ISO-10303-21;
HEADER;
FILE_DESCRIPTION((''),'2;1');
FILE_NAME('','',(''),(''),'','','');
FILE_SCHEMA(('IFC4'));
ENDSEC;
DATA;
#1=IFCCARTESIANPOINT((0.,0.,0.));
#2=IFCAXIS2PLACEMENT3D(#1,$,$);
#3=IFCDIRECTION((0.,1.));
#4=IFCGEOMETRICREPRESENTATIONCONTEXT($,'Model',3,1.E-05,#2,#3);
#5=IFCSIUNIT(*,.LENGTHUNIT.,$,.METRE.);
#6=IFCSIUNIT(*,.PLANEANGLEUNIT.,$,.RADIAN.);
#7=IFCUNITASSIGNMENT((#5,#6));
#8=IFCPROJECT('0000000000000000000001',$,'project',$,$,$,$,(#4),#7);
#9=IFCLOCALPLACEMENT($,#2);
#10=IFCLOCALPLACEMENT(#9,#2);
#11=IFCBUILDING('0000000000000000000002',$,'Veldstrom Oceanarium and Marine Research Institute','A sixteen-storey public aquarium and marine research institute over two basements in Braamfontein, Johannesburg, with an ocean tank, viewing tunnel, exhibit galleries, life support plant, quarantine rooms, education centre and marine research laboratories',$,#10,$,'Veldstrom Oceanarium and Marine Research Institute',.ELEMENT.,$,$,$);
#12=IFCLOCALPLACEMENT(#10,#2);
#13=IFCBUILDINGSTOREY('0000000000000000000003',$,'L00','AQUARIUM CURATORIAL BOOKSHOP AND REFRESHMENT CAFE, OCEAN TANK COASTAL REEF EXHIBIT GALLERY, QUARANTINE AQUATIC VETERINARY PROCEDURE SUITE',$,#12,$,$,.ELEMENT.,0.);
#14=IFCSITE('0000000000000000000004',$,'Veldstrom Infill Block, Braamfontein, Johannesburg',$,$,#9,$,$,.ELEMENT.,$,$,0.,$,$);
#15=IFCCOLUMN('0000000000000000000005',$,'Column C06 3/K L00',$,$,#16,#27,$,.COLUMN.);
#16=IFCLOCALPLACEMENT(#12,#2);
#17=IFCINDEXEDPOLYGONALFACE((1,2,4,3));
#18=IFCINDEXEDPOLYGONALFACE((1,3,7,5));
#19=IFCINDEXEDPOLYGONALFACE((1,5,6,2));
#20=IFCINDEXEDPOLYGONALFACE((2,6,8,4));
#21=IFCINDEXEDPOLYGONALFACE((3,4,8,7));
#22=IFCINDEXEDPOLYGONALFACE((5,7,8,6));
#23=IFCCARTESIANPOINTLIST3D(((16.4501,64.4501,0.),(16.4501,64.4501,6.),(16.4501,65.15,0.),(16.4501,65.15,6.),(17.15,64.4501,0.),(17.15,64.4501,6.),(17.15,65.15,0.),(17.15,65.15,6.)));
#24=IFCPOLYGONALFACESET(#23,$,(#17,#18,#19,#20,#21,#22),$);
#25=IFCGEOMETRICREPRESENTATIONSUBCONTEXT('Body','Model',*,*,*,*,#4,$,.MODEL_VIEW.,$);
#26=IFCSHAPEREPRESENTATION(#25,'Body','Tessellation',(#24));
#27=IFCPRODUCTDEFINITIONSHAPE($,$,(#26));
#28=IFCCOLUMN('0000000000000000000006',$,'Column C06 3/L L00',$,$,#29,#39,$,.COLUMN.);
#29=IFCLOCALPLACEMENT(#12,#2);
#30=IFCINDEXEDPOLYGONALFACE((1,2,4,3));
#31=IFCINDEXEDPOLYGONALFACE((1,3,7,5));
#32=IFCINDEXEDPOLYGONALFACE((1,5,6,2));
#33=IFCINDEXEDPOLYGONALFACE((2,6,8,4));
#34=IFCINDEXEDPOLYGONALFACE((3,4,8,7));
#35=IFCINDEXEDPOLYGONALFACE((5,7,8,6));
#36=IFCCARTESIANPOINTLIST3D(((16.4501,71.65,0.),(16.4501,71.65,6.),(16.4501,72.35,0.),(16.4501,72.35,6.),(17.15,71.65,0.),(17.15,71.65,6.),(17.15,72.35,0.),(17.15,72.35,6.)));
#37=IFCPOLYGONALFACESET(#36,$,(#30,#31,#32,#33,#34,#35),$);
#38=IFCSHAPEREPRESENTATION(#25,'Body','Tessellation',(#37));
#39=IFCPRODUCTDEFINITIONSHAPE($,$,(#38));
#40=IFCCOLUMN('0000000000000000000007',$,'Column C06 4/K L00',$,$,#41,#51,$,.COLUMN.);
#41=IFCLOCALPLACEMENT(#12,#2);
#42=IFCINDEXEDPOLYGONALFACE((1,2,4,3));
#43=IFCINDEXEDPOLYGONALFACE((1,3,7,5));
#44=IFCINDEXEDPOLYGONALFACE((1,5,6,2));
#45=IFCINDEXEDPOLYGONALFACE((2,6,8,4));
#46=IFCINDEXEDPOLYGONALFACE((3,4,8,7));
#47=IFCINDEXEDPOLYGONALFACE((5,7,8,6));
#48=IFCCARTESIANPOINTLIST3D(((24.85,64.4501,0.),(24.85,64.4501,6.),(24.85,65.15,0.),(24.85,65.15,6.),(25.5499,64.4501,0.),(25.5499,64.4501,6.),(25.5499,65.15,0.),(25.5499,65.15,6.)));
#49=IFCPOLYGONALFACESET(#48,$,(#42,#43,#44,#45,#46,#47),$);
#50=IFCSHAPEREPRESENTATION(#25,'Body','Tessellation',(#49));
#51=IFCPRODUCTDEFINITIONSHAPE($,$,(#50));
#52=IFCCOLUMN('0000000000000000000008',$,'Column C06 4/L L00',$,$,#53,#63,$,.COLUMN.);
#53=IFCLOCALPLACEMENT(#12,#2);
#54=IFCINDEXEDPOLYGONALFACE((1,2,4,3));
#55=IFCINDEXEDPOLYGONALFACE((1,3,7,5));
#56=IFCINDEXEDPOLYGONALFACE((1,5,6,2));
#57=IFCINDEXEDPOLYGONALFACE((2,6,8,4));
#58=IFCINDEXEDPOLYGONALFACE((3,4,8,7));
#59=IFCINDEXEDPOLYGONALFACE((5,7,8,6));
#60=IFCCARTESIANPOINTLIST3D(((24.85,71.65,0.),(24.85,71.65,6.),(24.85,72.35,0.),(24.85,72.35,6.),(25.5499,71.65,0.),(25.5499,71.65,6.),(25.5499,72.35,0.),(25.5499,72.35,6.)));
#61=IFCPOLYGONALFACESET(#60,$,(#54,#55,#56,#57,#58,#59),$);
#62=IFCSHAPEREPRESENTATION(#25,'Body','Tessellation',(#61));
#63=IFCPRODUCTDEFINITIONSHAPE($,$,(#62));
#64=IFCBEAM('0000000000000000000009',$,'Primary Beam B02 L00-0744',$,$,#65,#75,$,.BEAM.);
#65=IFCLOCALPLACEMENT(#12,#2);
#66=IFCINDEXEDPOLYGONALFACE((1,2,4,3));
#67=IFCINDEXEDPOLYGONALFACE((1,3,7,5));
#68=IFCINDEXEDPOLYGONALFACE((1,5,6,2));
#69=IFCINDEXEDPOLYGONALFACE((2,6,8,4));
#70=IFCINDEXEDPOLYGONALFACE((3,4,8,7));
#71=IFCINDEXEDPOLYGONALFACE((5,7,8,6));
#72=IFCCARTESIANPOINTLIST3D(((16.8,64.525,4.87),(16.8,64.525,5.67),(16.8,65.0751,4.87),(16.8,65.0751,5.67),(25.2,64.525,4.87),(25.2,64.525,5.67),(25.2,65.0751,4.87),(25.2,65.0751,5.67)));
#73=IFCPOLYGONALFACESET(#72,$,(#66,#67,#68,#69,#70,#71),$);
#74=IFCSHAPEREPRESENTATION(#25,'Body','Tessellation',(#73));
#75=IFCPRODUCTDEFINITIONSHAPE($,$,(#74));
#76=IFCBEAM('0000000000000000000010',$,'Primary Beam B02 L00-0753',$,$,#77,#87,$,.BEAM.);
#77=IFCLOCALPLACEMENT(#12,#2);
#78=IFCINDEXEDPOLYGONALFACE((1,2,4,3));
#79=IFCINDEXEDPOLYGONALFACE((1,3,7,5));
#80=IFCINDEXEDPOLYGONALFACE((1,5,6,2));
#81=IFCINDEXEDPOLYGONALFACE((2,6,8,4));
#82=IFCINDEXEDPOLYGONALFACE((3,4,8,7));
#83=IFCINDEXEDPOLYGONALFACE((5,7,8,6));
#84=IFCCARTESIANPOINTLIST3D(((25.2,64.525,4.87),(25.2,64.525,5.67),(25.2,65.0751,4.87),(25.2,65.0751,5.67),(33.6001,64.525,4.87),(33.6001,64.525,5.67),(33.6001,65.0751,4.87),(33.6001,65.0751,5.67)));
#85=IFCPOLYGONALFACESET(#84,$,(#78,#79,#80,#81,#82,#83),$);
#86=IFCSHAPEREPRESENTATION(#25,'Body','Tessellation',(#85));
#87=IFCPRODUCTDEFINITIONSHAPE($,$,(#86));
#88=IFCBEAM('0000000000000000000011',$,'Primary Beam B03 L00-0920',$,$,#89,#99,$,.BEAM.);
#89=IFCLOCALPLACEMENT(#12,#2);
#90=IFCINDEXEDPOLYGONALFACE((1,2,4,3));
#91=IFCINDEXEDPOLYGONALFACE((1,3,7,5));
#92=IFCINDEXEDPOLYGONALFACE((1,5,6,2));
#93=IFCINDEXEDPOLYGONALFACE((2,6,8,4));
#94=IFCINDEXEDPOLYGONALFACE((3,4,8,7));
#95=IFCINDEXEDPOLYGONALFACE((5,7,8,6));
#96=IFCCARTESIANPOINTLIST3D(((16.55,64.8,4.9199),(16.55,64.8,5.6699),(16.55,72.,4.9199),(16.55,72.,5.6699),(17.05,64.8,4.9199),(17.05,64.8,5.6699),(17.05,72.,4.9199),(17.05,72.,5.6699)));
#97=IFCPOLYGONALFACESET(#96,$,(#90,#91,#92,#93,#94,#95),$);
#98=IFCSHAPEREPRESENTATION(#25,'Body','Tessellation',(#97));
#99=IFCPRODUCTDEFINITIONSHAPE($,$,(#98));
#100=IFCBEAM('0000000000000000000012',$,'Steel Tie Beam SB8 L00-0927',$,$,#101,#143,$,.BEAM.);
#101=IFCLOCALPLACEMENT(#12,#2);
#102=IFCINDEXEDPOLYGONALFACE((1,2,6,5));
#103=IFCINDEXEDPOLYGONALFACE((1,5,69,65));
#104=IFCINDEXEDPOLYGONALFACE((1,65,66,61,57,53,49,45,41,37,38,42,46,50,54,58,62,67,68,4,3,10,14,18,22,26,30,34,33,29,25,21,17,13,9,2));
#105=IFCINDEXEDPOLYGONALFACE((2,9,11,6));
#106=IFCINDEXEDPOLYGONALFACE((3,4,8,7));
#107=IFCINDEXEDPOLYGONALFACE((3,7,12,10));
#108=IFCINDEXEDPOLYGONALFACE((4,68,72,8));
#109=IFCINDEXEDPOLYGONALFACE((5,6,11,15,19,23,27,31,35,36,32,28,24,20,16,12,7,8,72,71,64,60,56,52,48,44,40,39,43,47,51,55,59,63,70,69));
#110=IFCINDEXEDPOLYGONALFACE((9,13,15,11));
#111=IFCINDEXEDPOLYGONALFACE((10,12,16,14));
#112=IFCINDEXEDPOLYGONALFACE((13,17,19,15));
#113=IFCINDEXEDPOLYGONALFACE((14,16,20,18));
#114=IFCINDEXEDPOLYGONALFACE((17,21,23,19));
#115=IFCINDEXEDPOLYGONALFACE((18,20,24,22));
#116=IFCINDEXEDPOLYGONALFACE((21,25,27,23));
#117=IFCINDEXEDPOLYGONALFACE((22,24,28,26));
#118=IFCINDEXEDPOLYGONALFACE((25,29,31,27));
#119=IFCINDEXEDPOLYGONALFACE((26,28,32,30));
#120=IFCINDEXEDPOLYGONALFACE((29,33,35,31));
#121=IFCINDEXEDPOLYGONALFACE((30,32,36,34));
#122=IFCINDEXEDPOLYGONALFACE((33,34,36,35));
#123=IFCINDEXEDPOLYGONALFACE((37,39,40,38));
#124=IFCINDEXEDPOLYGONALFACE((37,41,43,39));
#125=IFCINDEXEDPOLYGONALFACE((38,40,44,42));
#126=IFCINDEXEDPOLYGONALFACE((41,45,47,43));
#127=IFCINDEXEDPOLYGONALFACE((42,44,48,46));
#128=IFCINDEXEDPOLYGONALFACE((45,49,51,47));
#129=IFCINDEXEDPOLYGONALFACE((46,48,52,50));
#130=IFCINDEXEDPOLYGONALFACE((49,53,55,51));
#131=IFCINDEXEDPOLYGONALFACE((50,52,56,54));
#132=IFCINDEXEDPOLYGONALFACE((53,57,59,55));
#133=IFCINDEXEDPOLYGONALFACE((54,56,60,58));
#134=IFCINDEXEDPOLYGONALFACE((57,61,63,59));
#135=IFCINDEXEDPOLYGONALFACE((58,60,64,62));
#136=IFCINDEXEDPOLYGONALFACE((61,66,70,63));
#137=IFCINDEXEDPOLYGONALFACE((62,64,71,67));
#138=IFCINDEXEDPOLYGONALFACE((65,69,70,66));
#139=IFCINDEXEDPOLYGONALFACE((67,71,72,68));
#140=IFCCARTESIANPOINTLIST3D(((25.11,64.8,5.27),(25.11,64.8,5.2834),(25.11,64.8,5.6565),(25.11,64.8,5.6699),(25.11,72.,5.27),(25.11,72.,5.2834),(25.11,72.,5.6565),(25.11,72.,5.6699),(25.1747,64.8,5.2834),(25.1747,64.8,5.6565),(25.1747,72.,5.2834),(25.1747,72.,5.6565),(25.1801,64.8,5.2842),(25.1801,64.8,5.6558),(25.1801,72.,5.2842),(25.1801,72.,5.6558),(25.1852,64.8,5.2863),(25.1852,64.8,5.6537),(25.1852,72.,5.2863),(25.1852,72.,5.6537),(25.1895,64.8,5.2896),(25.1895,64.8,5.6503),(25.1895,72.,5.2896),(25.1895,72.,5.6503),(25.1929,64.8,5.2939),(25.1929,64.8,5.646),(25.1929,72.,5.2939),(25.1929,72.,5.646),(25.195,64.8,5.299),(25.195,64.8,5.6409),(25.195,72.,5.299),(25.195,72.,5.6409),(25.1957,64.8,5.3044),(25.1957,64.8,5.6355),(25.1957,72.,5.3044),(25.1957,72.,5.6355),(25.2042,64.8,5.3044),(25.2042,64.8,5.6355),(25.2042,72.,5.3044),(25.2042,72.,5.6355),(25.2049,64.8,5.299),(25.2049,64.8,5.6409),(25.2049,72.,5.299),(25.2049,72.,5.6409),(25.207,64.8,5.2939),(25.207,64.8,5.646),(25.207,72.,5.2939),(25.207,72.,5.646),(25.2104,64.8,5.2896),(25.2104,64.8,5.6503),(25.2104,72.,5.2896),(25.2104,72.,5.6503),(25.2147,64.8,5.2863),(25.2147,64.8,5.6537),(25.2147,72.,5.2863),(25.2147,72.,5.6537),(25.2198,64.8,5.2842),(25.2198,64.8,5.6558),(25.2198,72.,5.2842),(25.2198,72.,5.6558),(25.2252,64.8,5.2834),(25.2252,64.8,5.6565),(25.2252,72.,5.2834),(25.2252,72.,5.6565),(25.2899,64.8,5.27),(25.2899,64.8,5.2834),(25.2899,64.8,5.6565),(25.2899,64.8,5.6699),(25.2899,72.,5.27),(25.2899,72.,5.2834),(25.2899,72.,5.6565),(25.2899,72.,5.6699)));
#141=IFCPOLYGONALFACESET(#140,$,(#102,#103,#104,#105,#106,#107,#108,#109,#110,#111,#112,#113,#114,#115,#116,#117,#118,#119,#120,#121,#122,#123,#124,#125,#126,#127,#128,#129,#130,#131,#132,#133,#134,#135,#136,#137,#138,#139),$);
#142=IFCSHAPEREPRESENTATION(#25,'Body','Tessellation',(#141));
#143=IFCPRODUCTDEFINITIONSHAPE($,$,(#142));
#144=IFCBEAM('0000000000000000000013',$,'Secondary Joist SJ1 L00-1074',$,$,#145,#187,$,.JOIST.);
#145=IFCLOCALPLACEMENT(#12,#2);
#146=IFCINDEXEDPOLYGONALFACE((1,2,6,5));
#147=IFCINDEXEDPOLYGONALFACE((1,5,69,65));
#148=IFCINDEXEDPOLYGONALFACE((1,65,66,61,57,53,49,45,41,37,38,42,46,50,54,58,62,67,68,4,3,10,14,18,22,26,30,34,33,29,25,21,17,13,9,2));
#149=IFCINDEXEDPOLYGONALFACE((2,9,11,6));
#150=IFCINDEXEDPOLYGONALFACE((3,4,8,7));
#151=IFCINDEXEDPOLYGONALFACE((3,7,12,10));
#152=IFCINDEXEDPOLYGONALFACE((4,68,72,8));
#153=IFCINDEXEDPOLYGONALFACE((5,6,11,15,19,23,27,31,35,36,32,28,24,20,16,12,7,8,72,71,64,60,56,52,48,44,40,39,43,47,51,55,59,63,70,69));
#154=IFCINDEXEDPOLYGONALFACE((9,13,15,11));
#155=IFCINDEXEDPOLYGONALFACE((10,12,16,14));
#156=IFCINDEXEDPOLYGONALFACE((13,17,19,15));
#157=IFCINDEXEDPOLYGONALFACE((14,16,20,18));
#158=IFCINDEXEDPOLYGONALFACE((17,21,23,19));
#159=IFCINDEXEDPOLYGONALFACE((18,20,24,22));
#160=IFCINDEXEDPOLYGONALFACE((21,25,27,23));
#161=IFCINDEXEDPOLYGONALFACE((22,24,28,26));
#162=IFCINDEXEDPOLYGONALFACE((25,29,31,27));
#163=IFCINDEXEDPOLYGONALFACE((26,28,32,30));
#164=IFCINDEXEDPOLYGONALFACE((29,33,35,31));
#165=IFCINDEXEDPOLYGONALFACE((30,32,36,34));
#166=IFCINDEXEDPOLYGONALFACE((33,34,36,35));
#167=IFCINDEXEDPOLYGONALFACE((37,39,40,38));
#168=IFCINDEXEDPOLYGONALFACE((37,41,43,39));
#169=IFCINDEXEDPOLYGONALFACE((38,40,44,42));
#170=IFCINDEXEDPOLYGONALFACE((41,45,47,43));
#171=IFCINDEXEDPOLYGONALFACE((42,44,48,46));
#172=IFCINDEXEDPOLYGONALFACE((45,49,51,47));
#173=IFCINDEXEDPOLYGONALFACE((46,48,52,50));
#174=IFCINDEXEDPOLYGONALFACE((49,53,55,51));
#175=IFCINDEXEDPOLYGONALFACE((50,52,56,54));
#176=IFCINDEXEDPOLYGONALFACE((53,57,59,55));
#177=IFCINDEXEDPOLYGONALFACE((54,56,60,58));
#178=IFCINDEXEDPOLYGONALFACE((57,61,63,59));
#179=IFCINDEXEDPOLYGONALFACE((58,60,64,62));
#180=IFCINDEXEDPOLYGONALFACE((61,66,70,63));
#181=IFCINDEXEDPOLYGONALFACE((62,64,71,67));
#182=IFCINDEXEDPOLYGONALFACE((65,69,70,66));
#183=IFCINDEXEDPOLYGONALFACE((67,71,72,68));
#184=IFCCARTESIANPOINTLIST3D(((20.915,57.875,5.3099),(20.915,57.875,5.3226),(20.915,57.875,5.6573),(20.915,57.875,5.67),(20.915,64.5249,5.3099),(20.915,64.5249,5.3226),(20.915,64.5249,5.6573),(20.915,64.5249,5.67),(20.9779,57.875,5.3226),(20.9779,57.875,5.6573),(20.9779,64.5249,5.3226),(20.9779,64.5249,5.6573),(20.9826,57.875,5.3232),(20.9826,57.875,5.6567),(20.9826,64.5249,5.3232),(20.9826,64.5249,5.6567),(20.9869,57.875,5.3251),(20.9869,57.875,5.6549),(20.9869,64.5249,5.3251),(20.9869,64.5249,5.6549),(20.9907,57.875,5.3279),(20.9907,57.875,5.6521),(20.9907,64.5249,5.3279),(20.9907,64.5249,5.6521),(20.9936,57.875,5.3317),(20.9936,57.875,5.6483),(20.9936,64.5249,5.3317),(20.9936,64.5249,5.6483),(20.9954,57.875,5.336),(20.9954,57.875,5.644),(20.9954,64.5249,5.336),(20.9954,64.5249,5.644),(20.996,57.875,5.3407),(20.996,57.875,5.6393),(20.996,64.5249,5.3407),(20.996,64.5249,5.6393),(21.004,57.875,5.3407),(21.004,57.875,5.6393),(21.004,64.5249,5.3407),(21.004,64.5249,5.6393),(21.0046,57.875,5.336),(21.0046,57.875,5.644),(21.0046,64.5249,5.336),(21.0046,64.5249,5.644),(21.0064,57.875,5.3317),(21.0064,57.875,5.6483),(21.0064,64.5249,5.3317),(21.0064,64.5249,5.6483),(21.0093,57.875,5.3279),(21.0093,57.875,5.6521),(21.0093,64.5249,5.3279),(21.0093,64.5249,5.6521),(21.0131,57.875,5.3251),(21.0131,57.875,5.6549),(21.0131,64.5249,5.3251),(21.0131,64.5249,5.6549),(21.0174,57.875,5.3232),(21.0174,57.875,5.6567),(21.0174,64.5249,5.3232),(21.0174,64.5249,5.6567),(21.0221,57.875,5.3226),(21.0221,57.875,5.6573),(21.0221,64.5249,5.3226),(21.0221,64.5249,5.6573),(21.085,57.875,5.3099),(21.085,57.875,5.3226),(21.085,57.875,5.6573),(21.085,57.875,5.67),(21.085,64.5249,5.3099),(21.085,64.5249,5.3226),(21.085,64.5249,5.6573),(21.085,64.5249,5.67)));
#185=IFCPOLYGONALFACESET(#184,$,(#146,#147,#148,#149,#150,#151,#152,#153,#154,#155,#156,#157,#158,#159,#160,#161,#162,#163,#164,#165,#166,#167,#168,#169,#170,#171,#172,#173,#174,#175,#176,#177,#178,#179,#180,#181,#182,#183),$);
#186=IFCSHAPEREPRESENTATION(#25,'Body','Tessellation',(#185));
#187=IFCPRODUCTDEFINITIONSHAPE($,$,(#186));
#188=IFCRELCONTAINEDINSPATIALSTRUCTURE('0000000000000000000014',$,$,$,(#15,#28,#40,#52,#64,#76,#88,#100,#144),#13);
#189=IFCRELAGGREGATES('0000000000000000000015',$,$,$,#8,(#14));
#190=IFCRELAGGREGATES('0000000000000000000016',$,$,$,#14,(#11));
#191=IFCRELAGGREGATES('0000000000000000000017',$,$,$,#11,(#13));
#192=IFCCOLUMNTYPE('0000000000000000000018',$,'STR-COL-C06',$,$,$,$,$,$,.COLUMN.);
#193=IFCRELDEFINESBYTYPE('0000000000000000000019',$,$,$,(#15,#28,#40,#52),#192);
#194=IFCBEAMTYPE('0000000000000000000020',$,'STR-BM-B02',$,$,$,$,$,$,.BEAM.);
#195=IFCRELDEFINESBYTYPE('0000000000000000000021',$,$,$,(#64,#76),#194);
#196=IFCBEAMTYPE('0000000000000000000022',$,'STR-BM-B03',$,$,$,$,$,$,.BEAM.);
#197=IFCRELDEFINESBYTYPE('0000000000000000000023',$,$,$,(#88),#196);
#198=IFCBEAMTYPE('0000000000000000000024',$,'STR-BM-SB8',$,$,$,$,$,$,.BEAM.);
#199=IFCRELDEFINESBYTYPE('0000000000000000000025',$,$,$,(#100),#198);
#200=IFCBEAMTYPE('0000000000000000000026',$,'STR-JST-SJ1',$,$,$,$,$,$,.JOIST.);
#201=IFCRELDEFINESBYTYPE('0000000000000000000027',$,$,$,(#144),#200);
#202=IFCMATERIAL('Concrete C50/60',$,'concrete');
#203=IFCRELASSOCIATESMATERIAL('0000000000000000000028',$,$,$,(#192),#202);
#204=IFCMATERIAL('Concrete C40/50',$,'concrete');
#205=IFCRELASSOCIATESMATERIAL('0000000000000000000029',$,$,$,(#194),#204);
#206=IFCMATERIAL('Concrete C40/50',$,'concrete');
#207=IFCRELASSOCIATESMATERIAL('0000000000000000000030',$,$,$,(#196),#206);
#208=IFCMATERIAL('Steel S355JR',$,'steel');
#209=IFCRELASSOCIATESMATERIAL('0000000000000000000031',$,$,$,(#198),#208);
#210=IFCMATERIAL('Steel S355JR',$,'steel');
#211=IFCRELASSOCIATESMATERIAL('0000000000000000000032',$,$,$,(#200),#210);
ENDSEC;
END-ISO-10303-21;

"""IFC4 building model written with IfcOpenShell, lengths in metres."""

from ifc_helpers import new_model, si_unit, direction, frame, origin, origin_2d, place, context, subcontext, project, spatial, rectangle, i_section, extrude, material, material_profile, profile_set, type_object, element, save


model = new_model("IFC4")

# Units and contexts
model_context = context("Model", 3, precision=1e-05, world=origin(), true_north=direction((0.0, 1.0)))
body_context = subcontext(model_context, "Body", "Model", "MODEL_VIEW")
ifc_project = project(units=[si_unit("LENGTHUNIT", "METRE"), si_unit("PLANEANGLEUNIT", "RADIAN")], contexts=[model_context])

# Site, building, storey
site_placement = place(None, origin())
site = spatial("IfcSite", under=ifc_project, at=site_placement, Name="Veldstrom Infill Block, Braamfontein, Johannesburg", CompositionType="ELEMENT", RefElevation=0.0)
building_placement = place(site_placement, origin())
building = spatial("IfcBuilding", under=site, at=building_placement, Name="Veldstrom Oceanarium and Marine Research Institute", Description="A sixteen-storey public aquarium and marine research institute over two basements in Braamfontein, Johannesburg, with an ocean tank, viewing tunnel, exhibit galleries, life support plant, quarantine rooms, education centre and marine research laboratories", LongName="Veldstrom Oceanarium and Marine Research Institute", CompositionType="ELEMENT")
storey_placement = place(building_placement, origin())
storey = spatial("IfcBuildingStorey", under=building, at=storey_placement, Name="L00", Description="AQUARIUM CURATORIAL BOOKSHOP AND REFRESHMENT CAFE, OCEAN TANK COASTAL REEF EXHIBIT GALLERY, QUARANTINE AQUATIC VETERINARY PROCEDURE SUITE", CompositionType="ELEMENT", Elevation=0.0)

# Columns
ifc_material_1 = material(Name="Concrete C50/60", Category="concrete")
ifc_material_profile_1 = material_profile(ifc_material_1, rectangle(XDim=0.7, YDim=0.7, at=origin_2d()), Name="RC-COL-700x700")
ifc_profile_set_1 = profile_set([ifc_material_profile_1], Name="Concrete C50/60")
column_type = type_object("IfcColumnType", Name="STR-COL-C06", PredefinedType="COLUMN", material=ifc_profile_set_1)
for number, where, z_axis, x_axis, name in (
    (1, (16.8, 64.8, 0.0), (0.0, 0.0, 1.0), (1.0, 0.0, 0.0), "Column C06 3/K L00"),
    (2, (16.8, 72.0, 0.0), (0.0, 0.0, 1.0), (1.0, 0.0, 0.0), "Column C06 3/L L00"),
    (3, (25.2, 64.8, 0.0), (0.0, 0.0, 1.0), (1.0, 0.0, 0.0), "Column C06 4/K L00"),
    (4, (25.2, 72.0, 0.0), (0.0, 0.0, 1.0), (1.0, 0.0, 0.0), "Column C06 4/L L00"),
):
    element("IfcColumn", number, at=place(storey_placement, frame(where, z_axis=z_axis, x_axis=x_axis)), inside=storey, type_object=column_type, Name=name, PredefinedType="COLUMN", context=body_context, shape_type="SweptSolid", body=[
        extrude(rectangle(XDim=0.7, YDim=0.7, at=origin_2d()), origin(), (0.0, 0.0, 1.0), 6.0),
    ])

# Beams
ifc_material_2 = material(Name="Concrete C40/50", Category="concrete")
ifc_material_profile_2 = material_profile(ifc_material_2, rectangle(XDim=0.55, YDim=0.8, at=origin_2d()), Name="RC-BM-550x800")
ifc_profile_set_2 = profile_set([ifc_material_profile_2], Name="Concrete C40/50")
beam_type_1 = type_object("IfcBeamType", Name="STR-BM-B02", PredefinedType="BEAM", material=ifc_profile_set_2)
beam_1_placement = place(storey_placement, frame((16.8, 64.8, 5.27), z_axis=(1.0, 0.0, 0.0), x_axis=(0.0, 1.0, 0.0)))
element("IfcBeam", 5, at=beam_1_placement, inside=storey, type_object=beam_type_1, Name="Primary Beam B02 L00-0744", PredefinedType="BEAM", context=body_context, shape_type="SweptSolid", body=[
    extrude(rectangle(XDim=0.55, YDim=0.8, at=origin_2d()), origin(), (0.0, 0.0, 1.0), 8.3999),
])
beam_2_placement = place(storey_placement, frame((25.2, 64.8, 5.27), z_axis=(1.0, 0.0, 0.0), x_axis=(0.0, 1.0, 0.0)))
element("IfcBeam", 6, at=beam_2_placement, inside=storey, type_object=beam_type_1, Name="Primary Beam B02 L00-0753", PredefinedType="BEAM", context=body_context, shape_type="SweptSolid", body=[
    extrude(rectangle(XDim=0.55, YDim=0.8, at=origin_2d()), origin(), (0.0, 0.0, 1.0), 8.4001),
])
ifc_material_3 = material(Name="Concrete C40/50", Category="concrete")
ifc_material_profile_3 = material_profile(ifc_material_3, rectangle(XDim=0.5, YDim=0.75, at=origin_2d()), Name="RC-BM-500x750")
ifc_profile_set_3 = profile_set([ifc_material_profile_3], Name="Concrete C40/50")
beam_type_2 = type_object("IfcBeamType", Name="STR-BM-B03", PredefinedType="BEAM", material=ifc_profile_set_3)
beam_3_placement = place(storey_placement, frame((16.8, 64.8, 5.2949), z_axis=(0.0, 1.0, 0.0), x_axis=(-1.0, 0.0, 0.0)))
element("IfcBeam", 7, at=beam_3_placement, inside=storey, type_object=beam_type_2, Name="Primary Beam B03 L00-0920", PredefinedType="BEAM", context=body_context, shape_type="SweptSolid", body=[
    extrude(rectangle(XDim=0.5, YDim=0.75, at=origin_2d()), origin(), (0.0, 0.0, 1.0), 7.2),
])
ifc_material_4 = material(Name="Steel S355JR", Category="steel")
ifc_material_profile_4 = material_profile(ifc_material_4, i_section(OverallWidth=0.1799, OverallDepth=0.3999, WebThickness=0.0085, FlangeThickness=0.0134, FilletRadius=0.021, at=origin_2d()), Name="IPE 400")
ifc_profile_set_4 = profile_set([ifc_material_profile_4], Name="Steel S355JR")
beam_type_3 = type_object("IfcBeamType", Name="STR-BM-SB8", PredefinedType="BEAM", material=ifc_profile_set_4)
beam_4_placement = place(storey_placement, frame((25.2, 64.8, 5.47), z_axis=(0.0, 1.0, 0.0), x_axis=(-1.0, 0.0, 0.0)))
element("IfcBeam", 8, at=beam_4_placement, inside=storey, type_object=beam_type_3, Name="Steel Tie Beam SB8 L00-0927", PredefinedType="BEAM", context=body_context, shape_type="SweptSolid", body=[
    extrude(i_section(OverallWidth=0.1799, OverallDepth=0.3999, WebThickness=0.0085, FlangeThickness=0.0134, FilletRadius=0.021, at=origin_2d()), origin(), (0.0, 0.0, 1.0), 7.2),
])
ifc_material_5 = material(Name="Steel S355JR", Category="steel")
ifc_material_profile_5 = material_profile(ifc_material_5, i_section(OverallWidth=0.1699, OverallDepth=0.3601, WebThickness=0.0081, FlangeThickness=0.0127, FilletRadius=0.0181, at=origin_2d()), Name="IPE 360")
ifc_profile_set_5 = profile_set([ifc_material_profile_5], Name="Steel S355JR")
beam_type_4 = type_object("IfcBeamType", Name="STR-JST-SJ1", PredefinedType="JOIST", material=ifc_profile_set_5)
beam_5_placement = place(storey_placement, frame((21.0, 57.875, 5.49), z_axis=(0.0, 1.0, 0.0), x_axis=(-1.0, 0.0, 0.0)))
element("IfcBeam", 9, at=beam_5_placement, inside=storey, type_object=beam_type_4, Name="Secondary Joist SJ1 L00-1074", PredefinedType="JOIST", context=body_context, shape_type="SweptSolid", body=[
    extrude(i_section(OverallWidth=0.1699, OverallDepth=0.3601, WebThickness=0.0081, FlangeThickness=0.0127, FilletRadius=0.0181, at=origin_2d()), origin(), (0.0, 0.0, 1.0), 6.6499),
])

save(model, "model.ifc")
